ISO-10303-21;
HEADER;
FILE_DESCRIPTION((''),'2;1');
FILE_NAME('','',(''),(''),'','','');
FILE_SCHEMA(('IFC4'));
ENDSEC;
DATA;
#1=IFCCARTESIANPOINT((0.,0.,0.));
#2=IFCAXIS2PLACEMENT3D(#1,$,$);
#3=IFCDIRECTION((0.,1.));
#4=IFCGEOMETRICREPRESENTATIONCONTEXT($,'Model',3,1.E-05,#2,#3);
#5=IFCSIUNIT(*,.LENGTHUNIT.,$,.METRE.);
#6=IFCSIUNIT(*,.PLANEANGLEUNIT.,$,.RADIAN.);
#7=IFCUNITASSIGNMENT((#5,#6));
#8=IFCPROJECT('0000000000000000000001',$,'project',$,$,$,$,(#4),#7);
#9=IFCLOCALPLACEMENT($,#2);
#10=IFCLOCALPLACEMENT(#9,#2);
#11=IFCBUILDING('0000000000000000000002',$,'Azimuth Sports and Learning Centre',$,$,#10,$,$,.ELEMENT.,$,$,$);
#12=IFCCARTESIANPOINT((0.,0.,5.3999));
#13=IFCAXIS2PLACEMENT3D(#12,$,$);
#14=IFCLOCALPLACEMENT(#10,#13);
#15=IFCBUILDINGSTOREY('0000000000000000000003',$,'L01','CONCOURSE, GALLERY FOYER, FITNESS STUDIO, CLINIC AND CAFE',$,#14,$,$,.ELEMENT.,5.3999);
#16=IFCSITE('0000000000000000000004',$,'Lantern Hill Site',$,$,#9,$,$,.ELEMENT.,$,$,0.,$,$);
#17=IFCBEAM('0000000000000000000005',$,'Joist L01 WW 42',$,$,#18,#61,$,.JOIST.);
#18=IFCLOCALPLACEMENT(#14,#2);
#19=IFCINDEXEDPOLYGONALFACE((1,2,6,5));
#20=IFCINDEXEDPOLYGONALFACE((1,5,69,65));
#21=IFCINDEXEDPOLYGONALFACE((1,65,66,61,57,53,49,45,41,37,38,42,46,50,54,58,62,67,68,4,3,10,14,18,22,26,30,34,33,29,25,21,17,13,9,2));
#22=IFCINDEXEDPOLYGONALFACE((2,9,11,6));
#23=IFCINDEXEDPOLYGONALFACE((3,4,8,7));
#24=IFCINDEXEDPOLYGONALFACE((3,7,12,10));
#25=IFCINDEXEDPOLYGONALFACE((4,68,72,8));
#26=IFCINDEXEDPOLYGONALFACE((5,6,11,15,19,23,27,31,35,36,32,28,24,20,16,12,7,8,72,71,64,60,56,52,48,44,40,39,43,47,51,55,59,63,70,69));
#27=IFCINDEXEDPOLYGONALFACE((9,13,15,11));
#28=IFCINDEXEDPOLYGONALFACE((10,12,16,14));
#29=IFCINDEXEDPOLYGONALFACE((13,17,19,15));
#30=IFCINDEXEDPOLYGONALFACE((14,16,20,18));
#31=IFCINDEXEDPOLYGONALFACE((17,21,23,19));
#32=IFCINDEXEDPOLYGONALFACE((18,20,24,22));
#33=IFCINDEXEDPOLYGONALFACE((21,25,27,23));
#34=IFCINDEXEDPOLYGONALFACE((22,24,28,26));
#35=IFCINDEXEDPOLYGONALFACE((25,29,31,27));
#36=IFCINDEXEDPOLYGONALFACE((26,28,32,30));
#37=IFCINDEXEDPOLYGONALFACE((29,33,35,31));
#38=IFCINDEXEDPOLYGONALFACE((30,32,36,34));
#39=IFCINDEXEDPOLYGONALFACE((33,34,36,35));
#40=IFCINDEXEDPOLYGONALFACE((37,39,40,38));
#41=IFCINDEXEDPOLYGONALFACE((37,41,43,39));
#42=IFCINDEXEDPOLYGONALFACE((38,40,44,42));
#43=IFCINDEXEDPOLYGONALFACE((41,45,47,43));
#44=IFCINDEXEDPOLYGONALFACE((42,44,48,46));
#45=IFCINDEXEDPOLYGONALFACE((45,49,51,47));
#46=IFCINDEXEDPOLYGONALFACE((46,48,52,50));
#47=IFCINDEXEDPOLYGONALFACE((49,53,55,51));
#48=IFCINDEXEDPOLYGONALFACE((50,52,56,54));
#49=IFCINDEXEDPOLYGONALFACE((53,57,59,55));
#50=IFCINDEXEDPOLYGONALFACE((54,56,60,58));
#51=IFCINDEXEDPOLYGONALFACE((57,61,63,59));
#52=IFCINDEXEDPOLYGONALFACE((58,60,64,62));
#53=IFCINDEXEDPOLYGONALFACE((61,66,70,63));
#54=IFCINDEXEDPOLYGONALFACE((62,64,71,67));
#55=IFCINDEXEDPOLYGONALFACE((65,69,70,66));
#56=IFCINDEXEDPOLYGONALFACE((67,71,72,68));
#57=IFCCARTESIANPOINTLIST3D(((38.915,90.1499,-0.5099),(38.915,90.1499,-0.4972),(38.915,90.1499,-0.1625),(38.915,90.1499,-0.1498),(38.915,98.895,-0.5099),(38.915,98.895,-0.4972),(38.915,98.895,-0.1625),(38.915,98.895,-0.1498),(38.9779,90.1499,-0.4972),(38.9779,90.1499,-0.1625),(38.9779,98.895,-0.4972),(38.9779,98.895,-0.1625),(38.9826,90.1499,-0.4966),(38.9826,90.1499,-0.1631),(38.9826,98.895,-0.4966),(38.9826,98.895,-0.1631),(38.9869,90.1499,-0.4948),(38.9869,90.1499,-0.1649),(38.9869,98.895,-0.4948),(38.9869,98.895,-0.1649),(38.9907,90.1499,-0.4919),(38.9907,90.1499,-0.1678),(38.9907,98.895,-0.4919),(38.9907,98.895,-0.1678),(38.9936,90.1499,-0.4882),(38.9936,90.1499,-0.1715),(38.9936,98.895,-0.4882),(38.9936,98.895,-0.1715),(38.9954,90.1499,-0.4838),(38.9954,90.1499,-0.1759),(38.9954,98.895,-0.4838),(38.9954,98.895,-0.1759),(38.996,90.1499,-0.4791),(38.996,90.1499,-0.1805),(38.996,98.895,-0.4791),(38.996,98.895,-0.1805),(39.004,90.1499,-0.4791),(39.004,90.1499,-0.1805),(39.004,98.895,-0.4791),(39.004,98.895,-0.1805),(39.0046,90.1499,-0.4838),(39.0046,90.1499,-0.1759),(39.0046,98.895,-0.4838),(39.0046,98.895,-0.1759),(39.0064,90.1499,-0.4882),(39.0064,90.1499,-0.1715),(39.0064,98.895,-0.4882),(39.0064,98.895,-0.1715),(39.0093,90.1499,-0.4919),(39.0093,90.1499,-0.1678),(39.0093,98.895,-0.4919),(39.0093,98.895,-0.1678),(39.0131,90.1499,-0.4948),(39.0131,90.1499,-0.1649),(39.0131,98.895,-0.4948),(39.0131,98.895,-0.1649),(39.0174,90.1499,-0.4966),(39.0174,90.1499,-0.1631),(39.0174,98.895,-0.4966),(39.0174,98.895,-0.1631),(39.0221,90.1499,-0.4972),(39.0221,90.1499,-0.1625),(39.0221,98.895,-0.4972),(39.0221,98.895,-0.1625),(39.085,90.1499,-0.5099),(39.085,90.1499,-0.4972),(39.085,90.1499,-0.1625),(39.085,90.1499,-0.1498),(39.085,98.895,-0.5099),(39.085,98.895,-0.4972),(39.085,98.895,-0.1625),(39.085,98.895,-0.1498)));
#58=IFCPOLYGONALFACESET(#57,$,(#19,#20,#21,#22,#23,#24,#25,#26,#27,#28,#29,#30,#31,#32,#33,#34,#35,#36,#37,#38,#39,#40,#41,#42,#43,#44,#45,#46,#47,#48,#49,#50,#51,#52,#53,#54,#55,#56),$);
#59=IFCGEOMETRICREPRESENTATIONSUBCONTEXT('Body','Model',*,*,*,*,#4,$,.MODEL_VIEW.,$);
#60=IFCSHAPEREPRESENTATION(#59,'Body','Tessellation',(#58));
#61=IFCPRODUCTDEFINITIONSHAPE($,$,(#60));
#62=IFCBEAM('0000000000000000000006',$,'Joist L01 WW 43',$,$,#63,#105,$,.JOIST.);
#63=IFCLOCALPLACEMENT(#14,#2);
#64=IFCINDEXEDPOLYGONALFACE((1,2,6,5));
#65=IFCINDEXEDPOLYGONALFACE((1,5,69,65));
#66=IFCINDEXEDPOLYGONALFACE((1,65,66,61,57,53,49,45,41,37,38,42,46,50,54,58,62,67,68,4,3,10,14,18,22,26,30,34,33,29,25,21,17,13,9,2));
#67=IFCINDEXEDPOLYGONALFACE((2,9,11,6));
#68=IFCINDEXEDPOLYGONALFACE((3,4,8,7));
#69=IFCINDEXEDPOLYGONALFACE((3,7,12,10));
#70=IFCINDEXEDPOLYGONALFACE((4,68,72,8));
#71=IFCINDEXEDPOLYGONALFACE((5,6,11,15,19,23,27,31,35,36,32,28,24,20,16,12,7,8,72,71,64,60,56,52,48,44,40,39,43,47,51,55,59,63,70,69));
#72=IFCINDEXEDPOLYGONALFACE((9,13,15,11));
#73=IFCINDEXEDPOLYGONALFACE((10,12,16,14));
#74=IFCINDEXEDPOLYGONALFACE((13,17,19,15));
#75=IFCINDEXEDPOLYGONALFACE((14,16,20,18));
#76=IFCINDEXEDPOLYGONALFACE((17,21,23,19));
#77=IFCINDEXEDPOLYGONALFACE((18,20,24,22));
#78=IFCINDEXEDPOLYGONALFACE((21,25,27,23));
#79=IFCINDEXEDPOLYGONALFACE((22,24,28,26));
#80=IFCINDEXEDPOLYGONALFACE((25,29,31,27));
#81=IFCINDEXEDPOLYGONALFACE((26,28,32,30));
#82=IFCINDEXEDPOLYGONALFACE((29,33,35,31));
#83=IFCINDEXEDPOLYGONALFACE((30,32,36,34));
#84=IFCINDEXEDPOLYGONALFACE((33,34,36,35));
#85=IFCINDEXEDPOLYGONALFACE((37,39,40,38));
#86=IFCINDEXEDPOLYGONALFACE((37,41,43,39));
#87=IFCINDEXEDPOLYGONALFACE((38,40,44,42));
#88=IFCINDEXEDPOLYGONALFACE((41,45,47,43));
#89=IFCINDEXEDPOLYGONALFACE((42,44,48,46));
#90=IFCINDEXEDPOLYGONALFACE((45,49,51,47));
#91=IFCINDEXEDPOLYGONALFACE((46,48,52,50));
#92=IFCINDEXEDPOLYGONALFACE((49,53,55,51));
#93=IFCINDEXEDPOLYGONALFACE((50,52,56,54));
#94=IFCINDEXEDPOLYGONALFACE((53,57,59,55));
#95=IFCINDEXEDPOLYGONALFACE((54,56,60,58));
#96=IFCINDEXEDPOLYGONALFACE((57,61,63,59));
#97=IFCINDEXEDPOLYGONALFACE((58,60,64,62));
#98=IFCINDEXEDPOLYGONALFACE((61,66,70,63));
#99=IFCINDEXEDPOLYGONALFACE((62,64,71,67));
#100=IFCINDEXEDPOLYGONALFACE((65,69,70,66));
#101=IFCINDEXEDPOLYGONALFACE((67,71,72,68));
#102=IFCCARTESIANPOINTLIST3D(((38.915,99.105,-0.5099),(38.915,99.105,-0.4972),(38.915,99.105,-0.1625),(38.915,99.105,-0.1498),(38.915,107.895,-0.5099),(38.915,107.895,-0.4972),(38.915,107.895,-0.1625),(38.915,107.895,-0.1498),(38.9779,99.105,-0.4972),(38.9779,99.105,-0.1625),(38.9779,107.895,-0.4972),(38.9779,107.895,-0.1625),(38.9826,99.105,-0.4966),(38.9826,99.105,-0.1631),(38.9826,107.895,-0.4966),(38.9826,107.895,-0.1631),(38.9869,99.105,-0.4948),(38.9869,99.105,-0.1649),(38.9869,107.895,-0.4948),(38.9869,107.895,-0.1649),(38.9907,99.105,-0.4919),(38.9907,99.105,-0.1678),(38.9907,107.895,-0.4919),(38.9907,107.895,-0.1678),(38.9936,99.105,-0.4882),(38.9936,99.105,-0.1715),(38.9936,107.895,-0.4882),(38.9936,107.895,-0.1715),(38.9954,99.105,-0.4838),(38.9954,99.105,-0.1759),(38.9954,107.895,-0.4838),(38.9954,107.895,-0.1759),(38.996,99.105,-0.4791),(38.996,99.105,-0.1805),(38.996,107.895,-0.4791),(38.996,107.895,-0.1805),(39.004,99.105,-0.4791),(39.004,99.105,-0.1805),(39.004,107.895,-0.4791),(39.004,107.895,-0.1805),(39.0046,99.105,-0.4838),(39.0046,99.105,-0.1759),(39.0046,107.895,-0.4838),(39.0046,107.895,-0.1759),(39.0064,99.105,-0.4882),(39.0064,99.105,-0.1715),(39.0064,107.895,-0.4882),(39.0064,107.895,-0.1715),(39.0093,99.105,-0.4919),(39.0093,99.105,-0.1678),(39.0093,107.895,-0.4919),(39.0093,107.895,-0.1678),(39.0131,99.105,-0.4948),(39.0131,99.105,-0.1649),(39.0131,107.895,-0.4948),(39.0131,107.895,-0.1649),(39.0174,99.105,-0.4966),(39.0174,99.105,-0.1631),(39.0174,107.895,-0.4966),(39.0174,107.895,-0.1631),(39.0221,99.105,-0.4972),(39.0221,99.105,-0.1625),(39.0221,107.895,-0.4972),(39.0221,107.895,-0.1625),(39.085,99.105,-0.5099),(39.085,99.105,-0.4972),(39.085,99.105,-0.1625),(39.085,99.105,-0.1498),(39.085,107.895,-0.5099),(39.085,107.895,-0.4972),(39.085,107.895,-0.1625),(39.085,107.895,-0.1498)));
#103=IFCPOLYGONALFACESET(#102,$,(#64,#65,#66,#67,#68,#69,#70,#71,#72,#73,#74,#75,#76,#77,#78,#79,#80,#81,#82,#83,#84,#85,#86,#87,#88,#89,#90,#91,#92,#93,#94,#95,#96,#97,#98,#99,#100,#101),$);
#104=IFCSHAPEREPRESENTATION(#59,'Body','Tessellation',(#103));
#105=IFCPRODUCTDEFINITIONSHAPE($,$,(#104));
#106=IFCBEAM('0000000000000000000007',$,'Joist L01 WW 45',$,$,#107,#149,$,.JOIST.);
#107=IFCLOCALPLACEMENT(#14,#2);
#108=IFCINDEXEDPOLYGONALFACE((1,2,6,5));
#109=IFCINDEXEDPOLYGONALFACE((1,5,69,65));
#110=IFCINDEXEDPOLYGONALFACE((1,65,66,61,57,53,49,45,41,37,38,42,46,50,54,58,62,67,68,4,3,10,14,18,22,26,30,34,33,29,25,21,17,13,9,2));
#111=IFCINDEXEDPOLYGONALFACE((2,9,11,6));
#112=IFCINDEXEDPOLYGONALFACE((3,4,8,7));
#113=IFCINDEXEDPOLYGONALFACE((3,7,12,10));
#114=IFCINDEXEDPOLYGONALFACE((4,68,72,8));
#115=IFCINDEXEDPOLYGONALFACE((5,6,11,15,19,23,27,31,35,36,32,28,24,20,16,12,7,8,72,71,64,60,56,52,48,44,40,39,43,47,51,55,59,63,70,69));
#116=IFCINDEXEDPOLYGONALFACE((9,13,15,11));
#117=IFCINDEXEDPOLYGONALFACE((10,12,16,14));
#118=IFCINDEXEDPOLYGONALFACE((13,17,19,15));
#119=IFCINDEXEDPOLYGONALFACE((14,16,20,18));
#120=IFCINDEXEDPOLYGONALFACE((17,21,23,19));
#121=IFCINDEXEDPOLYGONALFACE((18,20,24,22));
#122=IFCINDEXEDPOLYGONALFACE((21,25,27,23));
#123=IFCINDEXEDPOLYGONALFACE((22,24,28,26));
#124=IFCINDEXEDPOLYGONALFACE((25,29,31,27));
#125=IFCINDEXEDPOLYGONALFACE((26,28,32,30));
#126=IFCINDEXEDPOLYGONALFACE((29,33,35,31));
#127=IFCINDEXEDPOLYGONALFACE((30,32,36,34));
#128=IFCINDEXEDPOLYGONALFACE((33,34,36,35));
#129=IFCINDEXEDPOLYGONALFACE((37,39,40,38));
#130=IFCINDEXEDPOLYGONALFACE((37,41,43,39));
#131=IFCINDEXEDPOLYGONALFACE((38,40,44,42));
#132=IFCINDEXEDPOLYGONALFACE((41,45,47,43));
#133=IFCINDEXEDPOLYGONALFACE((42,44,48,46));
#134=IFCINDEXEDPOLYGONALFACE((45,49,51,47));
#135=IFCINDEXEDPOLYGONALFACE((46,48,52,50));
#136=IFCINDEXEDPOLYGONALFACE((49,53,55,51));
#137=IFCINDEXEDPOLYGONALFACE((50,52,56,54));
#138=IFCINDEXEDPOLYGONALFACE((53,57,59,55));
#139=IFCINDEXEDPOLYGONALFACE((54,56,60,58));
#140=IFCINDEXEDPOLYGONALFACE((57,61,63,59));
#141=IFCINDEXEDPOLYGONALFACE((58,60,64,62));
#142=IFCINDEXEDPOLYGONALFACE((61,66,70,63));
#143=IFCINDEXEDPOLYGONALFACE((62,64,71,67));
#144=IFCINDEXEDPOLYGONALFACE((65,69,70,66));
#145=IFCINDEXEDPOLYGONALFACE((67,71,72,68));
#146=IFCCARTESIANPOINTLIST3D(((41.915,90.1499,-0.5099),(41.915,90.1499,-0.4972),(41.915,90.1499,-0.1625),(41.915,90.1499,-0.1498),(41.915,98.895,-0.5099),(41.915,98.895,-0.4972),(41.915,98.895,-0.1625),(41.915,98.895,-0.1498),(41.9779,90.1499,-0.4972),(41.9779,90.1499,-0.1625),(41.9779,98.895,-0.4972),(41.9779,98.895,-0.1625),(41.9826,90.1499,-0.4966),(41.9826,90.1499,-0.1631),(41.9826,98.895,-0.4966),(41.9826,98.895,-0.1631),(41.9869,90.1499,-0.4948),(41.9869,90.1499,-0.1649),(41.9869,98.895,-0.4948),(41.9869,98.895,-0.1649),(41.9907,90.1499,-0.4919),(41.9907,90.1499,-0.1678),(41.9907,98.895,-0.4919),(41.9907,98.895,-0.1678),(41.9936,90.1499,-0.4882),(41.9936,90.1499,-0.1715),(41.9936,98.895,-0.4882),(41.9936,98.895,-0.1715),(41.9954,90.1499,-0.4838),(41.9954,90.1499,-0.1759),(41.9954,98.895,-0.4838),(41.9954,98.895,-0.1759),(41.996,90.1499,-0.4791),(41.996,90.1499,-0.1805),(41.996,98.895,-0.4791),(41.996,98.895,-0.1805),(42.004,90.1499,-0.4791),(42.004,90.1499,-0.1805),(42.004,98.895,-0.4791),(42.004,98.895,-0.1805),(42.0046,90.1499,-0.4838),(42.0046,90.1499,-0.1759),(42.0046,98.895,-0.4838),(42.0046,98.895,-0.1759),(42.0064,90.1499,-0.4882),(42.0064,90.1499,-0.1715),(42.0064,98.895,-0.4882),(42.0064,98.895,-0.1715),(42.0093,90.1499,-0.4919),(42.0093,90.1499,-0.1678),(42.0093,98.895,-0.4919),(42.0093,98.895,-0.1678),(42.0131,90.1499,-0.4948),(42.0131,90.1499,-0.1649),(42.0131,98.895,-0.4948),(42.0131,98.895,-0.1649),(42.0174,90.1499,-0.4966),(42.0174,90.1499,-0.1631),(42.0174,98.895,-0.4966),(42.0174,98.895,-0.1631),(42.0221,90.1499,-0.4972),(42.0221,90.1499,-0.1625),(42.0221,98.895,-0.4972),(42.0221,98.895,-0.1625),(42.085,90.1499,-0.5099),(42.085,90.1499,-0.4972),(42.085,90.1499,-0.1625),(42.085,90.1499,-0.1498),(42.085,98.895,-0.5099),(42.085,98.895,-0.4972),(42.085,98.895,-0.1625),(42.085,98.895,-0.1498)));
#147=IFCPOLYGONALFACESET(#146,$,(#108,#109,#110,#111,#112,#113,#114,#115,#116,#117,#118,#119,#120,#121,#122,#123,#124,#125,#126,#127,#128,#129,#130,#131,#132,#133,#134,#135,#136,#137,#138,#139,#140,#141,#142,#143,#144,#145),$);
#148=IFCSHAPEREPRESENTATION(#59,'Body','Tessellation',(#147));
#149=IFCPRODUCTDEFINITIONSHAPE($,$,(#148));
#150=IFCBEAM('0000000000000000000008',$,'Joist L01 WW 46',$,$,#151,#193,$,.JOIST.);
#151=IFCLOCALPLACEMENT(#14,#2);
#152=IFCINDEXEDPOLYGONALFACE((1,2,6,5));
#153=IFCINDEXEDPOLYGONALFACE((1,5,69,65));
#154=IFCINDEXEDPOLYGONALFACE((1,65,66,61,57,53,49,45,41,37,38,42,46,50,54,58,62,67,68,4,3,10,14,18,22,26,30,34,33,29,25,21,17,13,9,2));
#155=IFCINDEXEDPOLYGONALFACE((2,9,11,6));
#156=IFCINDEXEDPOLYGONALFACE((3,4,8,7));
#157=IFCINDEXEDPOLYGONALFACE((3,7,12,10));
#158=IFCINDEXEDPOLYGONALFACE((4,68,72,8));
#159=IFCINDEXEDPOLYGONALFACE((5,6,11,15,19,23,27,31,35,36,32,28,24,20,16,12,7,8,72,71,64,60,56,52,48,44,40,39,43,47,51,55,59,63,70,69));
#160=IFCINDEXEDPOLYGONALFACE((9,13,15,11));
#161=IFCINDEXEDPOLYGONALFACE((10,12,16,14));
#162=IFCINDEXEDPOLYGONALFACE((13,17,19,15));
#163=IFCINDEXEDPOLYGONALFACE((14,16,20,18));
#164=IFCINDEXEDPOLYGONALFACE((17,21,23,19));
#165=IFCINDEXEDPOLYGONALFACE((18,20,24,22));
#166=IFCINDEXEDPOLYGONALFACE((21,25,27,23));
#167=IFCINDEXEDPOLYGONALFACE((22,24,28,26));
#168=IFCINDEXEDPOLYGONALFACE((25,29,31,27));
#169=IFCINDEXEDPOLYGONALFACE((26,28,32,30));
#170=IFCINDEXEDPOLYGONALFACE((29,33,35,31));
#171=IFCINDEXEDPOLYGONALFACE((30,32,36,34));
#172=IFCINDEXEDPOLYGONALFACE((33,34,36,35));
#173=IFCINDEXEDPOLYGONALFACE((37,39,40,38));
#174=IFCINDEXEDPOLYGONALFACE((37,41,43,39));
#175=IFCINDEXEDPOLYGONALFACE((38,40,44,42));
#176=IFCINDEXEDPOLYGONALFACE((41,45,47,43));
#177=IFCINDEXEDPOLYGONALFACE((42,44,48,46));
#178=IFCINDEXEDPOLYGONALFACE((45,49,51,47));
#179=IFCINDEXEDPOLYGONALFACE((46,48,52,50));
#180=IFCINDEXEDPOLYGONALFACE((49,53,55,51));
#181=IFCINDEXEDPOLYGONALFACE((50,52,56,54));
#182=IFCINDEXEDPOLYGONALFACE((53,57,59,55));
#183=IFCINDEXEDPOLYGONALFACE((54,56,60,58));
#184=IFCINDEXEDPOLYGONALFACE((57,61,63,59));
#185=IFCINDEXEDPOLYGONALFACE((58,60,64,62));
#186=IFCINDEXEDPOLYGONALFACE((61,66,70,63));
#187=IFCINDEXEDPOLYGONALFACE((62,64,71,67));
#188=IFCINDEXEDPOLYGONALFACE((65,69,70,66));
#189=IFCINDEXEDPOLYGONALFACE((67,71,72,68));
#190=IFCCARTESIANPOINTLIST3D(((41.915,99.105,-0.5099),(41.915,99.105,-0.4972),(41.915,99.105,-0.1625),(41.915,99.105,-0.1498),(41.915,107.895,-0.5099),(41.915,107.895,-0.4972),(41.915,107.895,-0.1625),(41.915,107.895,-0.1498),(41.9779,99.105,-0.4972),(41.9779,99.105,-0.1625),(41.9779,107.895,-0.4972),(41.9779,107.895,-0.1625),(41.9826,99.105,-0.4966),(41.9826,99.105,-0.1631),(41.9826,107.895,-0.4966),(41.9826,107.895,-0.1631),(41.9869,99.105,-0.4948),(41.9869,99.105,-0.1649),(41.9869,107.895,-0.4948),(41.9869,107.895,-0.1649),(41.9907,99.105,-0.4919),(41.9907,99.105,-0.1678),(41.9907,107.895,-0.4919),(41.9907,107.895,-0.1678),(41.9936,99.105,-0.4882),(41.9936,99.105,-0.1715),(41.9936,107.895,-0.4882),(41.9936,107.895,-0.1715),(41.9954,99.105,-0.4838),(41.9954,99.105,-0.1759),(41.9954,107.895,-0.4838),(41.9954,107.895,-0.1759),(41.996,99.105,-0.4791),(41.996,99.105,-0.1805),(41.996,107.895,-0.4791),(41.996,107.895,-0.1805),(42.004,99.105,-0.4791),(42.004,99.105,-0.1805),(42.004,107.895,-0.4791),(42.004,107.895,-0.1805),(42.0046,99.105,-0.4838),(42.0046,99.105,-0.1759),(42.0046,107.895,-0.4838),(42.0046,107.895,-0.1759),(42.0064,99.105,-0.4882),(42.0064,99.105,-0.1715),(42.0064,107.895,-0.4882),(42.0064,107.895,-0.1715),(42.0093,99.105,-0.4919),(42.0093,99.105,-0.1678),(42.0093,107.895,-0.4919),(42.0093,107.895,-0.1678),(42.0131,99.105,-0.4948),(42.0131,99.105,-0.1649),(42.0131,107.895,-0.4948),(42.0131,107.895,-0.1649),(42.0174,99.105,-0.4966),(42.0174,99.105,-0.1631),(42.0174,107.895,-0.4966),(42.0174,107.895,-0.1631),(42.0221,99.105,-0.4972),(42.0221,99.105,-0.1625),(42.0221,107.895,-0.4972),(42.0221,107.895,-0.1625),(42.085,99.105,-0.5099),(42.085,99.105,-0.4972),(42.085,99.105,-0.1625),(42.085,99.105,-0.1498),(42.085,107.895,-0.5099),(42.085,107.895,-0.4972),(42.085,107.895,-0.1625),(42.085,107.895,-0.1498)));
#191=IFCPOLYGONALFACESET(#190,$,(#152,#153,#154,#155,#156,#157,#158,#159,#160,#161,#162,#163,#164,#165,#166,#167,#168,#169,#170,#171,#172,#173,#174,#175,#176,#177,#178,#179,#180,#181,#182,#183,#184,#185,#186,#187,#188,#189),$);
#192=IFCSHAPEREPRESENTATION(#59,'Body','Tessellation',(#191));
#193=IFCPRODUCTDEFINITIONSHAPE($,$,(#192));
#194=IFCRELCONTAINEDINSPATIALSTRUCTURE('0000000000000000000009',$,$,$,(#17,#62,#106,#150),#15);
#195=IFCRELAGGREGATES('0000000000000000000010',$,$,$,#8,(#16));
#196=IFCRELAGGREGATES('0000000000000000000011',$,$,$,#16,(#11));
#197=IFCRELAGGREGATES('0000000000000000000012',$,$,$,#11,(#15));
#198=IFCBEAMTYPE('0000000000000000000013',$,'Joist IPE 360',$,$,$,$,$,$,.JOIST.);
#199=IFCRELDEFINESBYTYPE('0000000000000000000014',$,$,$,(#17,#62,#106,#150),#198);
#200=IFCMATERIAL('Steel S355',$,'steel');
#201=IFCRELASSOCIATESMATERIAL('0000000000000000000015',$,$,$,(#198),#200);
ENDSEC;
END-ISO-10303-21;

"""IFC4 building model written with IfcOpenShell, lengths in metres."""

from ifc_helpers import new_model, si_unit, direction, frame, origin, origin_2d, place, context, subcontext, project, spatial, i_section, extrude, material, material_profile, profile_set, type_object, element, save


model = new_model("IFC4")

# Units and contexts
model_context = context("Model", 3, precision=1e-05, world=origin(), true_north=direction((0.0, 1.0)))
body_context = subcontext(model_context, "Body", "Model", "MODEL_VIEW")
ifc_project = project(units=[si_unit("LENGTHUNIT", "METRE"), si_unit("PLANEANGLEUNIT", "RADIAN")], contexts=[model_context])

# Site, building, storey
site_placement = place(None, origin())
site = spatial("IfcSite", under=ifc_project, at=site_placement, Name="Lantern Hill Site", CompositionType="ELEMENT", RefElevation=0.0)
building_placement = place(site_placement, origin())
building = spatial("IfcBuilding", under=site, at=building_placement, Name="Azimuth Sports and Learning Centre", CompositionType="ELEMENT")
storey_placement = place(building_placement, frame((0.0, 0.0, 5.3999)))
storey = spatial("IfcBuildingStorey", under=building, at=storey_placement, Name="L01", Description="CONCOURSE, GALLERY FOYER, FITNESS STUDIO, CLINIC AND CAFE", CompositionType="ELEMENT", Elevation=5.3999)

# Beams
ifc_material_1 = material(Name="Steel S355", Category="steel")
ifc_material_profile_1 = material_profile(ifc_material_1, i_section(OverallWidth=0.1699, OverallDepth=0.3601, WebThickness=0.0081, FlangeThickness=0.0127, FilletRadius=0.0181, at=origin_2d()), Name="IPE 360")
ifc_profile_set_1 = profile_set([ifc_material_profile_1], Name="Steel S355")
beam_type_1 = type_object("IfcBeamType", Name="Joist IPE 360", PredefinedType="JOIST", material=ifc_profile_set_1)
beam_1_placement = place(storey_placement, frame((39.0, 90.1499, -0.3298), z_axis=(0.0, 1.0, 0.0), x_axis=(-1.0, 0.0, 0.0)))
element("IfcBeam", 1, at=beam_1_placement, inside=storey, type_object=beam_type_1, Name="Joist L01 WW 42", PredefinedType="JOIST", context=body_context, shape_type="SweptSolid", body=[
    extrude(i_section(OverallWidth=0.1699, OverallDepth=0.3601, WebThickness=0.0081, FlangeThickness=0.0127, FilletRadius=0.0181, at=origin_2d()), origin(), (0.0, 0.0, 1.0), 8.7451),
])
beam_2_placement = place(storey_placement, frame((39.0, 99.105, -0.3298), z_axis=(0.0, 1.0, 0.0), x_axis=(-1.0, 0.0, 0.0)))
element("IfcBeam", 2, at=beam_2_placement, inside=storey, type_object=beam_type_1, Name="Joist L01 WW 43", PredefinedType="JOIST", context=body_context, shape_type="SweptSolid", body=[
    extrude(i_section(OverallWidth=0.1699, OverallDepth=0.3601, WebThickness=0.0081, FlangeThickness=0.0127, FilletRadius=0.0181, at=origin_2d()), origin(), (0.0, 0.0, 1.0), 8.79),
])
beam_3_placement = place(storey_placement, frame((42.0, 90.1499, -0.3298), z_axis=(0.0, 1.0, 0.0), x_axis=(-1.0, 0.0, 0.0)))
element("IfcBeam", 3, at=beam_3_placement, inside=storey, type_object=beam_type_1, Name="Joist L01 WW 45", PredefinedType="JOIST", context=body_context, shape_type="SweptSolid", body=[
    extrude(i_section(OverallWidth=0.1699, OverallDepth=0.3601, WebThickness=0.0081, FlangeThickness=0.0127, FilletRadius=0.0181, at=origin_2d()), origin(), (0.0, 0.0, 1.0), 8.7451),
])
beam_4_placement = place(storey_placement, frame((42.0, 99.105, -0.3298), z_axis=(0.0, 1.0, 0.0), x_axis=(-1.0, 0.0, 0.0)))
element("IfcBeam", 4, at=beam_4_placement, inside=storey, type_object=beam_type_1, Name="Joist L01 WW 46", PredefinedType="JOIST", context=body_context, shape_type="SweptSolid", body=[
    extrude(i_section(OverallWidth=0.1699, OverallDepth=0.3601, WebThickness=0.0081, FlangeThickness=0.0127, FilletRadius=0.0181, at=origin_2d()), origin(), (0.0, 0.0, 1.0), 8.79),
])

save(model, "model.ifc")
